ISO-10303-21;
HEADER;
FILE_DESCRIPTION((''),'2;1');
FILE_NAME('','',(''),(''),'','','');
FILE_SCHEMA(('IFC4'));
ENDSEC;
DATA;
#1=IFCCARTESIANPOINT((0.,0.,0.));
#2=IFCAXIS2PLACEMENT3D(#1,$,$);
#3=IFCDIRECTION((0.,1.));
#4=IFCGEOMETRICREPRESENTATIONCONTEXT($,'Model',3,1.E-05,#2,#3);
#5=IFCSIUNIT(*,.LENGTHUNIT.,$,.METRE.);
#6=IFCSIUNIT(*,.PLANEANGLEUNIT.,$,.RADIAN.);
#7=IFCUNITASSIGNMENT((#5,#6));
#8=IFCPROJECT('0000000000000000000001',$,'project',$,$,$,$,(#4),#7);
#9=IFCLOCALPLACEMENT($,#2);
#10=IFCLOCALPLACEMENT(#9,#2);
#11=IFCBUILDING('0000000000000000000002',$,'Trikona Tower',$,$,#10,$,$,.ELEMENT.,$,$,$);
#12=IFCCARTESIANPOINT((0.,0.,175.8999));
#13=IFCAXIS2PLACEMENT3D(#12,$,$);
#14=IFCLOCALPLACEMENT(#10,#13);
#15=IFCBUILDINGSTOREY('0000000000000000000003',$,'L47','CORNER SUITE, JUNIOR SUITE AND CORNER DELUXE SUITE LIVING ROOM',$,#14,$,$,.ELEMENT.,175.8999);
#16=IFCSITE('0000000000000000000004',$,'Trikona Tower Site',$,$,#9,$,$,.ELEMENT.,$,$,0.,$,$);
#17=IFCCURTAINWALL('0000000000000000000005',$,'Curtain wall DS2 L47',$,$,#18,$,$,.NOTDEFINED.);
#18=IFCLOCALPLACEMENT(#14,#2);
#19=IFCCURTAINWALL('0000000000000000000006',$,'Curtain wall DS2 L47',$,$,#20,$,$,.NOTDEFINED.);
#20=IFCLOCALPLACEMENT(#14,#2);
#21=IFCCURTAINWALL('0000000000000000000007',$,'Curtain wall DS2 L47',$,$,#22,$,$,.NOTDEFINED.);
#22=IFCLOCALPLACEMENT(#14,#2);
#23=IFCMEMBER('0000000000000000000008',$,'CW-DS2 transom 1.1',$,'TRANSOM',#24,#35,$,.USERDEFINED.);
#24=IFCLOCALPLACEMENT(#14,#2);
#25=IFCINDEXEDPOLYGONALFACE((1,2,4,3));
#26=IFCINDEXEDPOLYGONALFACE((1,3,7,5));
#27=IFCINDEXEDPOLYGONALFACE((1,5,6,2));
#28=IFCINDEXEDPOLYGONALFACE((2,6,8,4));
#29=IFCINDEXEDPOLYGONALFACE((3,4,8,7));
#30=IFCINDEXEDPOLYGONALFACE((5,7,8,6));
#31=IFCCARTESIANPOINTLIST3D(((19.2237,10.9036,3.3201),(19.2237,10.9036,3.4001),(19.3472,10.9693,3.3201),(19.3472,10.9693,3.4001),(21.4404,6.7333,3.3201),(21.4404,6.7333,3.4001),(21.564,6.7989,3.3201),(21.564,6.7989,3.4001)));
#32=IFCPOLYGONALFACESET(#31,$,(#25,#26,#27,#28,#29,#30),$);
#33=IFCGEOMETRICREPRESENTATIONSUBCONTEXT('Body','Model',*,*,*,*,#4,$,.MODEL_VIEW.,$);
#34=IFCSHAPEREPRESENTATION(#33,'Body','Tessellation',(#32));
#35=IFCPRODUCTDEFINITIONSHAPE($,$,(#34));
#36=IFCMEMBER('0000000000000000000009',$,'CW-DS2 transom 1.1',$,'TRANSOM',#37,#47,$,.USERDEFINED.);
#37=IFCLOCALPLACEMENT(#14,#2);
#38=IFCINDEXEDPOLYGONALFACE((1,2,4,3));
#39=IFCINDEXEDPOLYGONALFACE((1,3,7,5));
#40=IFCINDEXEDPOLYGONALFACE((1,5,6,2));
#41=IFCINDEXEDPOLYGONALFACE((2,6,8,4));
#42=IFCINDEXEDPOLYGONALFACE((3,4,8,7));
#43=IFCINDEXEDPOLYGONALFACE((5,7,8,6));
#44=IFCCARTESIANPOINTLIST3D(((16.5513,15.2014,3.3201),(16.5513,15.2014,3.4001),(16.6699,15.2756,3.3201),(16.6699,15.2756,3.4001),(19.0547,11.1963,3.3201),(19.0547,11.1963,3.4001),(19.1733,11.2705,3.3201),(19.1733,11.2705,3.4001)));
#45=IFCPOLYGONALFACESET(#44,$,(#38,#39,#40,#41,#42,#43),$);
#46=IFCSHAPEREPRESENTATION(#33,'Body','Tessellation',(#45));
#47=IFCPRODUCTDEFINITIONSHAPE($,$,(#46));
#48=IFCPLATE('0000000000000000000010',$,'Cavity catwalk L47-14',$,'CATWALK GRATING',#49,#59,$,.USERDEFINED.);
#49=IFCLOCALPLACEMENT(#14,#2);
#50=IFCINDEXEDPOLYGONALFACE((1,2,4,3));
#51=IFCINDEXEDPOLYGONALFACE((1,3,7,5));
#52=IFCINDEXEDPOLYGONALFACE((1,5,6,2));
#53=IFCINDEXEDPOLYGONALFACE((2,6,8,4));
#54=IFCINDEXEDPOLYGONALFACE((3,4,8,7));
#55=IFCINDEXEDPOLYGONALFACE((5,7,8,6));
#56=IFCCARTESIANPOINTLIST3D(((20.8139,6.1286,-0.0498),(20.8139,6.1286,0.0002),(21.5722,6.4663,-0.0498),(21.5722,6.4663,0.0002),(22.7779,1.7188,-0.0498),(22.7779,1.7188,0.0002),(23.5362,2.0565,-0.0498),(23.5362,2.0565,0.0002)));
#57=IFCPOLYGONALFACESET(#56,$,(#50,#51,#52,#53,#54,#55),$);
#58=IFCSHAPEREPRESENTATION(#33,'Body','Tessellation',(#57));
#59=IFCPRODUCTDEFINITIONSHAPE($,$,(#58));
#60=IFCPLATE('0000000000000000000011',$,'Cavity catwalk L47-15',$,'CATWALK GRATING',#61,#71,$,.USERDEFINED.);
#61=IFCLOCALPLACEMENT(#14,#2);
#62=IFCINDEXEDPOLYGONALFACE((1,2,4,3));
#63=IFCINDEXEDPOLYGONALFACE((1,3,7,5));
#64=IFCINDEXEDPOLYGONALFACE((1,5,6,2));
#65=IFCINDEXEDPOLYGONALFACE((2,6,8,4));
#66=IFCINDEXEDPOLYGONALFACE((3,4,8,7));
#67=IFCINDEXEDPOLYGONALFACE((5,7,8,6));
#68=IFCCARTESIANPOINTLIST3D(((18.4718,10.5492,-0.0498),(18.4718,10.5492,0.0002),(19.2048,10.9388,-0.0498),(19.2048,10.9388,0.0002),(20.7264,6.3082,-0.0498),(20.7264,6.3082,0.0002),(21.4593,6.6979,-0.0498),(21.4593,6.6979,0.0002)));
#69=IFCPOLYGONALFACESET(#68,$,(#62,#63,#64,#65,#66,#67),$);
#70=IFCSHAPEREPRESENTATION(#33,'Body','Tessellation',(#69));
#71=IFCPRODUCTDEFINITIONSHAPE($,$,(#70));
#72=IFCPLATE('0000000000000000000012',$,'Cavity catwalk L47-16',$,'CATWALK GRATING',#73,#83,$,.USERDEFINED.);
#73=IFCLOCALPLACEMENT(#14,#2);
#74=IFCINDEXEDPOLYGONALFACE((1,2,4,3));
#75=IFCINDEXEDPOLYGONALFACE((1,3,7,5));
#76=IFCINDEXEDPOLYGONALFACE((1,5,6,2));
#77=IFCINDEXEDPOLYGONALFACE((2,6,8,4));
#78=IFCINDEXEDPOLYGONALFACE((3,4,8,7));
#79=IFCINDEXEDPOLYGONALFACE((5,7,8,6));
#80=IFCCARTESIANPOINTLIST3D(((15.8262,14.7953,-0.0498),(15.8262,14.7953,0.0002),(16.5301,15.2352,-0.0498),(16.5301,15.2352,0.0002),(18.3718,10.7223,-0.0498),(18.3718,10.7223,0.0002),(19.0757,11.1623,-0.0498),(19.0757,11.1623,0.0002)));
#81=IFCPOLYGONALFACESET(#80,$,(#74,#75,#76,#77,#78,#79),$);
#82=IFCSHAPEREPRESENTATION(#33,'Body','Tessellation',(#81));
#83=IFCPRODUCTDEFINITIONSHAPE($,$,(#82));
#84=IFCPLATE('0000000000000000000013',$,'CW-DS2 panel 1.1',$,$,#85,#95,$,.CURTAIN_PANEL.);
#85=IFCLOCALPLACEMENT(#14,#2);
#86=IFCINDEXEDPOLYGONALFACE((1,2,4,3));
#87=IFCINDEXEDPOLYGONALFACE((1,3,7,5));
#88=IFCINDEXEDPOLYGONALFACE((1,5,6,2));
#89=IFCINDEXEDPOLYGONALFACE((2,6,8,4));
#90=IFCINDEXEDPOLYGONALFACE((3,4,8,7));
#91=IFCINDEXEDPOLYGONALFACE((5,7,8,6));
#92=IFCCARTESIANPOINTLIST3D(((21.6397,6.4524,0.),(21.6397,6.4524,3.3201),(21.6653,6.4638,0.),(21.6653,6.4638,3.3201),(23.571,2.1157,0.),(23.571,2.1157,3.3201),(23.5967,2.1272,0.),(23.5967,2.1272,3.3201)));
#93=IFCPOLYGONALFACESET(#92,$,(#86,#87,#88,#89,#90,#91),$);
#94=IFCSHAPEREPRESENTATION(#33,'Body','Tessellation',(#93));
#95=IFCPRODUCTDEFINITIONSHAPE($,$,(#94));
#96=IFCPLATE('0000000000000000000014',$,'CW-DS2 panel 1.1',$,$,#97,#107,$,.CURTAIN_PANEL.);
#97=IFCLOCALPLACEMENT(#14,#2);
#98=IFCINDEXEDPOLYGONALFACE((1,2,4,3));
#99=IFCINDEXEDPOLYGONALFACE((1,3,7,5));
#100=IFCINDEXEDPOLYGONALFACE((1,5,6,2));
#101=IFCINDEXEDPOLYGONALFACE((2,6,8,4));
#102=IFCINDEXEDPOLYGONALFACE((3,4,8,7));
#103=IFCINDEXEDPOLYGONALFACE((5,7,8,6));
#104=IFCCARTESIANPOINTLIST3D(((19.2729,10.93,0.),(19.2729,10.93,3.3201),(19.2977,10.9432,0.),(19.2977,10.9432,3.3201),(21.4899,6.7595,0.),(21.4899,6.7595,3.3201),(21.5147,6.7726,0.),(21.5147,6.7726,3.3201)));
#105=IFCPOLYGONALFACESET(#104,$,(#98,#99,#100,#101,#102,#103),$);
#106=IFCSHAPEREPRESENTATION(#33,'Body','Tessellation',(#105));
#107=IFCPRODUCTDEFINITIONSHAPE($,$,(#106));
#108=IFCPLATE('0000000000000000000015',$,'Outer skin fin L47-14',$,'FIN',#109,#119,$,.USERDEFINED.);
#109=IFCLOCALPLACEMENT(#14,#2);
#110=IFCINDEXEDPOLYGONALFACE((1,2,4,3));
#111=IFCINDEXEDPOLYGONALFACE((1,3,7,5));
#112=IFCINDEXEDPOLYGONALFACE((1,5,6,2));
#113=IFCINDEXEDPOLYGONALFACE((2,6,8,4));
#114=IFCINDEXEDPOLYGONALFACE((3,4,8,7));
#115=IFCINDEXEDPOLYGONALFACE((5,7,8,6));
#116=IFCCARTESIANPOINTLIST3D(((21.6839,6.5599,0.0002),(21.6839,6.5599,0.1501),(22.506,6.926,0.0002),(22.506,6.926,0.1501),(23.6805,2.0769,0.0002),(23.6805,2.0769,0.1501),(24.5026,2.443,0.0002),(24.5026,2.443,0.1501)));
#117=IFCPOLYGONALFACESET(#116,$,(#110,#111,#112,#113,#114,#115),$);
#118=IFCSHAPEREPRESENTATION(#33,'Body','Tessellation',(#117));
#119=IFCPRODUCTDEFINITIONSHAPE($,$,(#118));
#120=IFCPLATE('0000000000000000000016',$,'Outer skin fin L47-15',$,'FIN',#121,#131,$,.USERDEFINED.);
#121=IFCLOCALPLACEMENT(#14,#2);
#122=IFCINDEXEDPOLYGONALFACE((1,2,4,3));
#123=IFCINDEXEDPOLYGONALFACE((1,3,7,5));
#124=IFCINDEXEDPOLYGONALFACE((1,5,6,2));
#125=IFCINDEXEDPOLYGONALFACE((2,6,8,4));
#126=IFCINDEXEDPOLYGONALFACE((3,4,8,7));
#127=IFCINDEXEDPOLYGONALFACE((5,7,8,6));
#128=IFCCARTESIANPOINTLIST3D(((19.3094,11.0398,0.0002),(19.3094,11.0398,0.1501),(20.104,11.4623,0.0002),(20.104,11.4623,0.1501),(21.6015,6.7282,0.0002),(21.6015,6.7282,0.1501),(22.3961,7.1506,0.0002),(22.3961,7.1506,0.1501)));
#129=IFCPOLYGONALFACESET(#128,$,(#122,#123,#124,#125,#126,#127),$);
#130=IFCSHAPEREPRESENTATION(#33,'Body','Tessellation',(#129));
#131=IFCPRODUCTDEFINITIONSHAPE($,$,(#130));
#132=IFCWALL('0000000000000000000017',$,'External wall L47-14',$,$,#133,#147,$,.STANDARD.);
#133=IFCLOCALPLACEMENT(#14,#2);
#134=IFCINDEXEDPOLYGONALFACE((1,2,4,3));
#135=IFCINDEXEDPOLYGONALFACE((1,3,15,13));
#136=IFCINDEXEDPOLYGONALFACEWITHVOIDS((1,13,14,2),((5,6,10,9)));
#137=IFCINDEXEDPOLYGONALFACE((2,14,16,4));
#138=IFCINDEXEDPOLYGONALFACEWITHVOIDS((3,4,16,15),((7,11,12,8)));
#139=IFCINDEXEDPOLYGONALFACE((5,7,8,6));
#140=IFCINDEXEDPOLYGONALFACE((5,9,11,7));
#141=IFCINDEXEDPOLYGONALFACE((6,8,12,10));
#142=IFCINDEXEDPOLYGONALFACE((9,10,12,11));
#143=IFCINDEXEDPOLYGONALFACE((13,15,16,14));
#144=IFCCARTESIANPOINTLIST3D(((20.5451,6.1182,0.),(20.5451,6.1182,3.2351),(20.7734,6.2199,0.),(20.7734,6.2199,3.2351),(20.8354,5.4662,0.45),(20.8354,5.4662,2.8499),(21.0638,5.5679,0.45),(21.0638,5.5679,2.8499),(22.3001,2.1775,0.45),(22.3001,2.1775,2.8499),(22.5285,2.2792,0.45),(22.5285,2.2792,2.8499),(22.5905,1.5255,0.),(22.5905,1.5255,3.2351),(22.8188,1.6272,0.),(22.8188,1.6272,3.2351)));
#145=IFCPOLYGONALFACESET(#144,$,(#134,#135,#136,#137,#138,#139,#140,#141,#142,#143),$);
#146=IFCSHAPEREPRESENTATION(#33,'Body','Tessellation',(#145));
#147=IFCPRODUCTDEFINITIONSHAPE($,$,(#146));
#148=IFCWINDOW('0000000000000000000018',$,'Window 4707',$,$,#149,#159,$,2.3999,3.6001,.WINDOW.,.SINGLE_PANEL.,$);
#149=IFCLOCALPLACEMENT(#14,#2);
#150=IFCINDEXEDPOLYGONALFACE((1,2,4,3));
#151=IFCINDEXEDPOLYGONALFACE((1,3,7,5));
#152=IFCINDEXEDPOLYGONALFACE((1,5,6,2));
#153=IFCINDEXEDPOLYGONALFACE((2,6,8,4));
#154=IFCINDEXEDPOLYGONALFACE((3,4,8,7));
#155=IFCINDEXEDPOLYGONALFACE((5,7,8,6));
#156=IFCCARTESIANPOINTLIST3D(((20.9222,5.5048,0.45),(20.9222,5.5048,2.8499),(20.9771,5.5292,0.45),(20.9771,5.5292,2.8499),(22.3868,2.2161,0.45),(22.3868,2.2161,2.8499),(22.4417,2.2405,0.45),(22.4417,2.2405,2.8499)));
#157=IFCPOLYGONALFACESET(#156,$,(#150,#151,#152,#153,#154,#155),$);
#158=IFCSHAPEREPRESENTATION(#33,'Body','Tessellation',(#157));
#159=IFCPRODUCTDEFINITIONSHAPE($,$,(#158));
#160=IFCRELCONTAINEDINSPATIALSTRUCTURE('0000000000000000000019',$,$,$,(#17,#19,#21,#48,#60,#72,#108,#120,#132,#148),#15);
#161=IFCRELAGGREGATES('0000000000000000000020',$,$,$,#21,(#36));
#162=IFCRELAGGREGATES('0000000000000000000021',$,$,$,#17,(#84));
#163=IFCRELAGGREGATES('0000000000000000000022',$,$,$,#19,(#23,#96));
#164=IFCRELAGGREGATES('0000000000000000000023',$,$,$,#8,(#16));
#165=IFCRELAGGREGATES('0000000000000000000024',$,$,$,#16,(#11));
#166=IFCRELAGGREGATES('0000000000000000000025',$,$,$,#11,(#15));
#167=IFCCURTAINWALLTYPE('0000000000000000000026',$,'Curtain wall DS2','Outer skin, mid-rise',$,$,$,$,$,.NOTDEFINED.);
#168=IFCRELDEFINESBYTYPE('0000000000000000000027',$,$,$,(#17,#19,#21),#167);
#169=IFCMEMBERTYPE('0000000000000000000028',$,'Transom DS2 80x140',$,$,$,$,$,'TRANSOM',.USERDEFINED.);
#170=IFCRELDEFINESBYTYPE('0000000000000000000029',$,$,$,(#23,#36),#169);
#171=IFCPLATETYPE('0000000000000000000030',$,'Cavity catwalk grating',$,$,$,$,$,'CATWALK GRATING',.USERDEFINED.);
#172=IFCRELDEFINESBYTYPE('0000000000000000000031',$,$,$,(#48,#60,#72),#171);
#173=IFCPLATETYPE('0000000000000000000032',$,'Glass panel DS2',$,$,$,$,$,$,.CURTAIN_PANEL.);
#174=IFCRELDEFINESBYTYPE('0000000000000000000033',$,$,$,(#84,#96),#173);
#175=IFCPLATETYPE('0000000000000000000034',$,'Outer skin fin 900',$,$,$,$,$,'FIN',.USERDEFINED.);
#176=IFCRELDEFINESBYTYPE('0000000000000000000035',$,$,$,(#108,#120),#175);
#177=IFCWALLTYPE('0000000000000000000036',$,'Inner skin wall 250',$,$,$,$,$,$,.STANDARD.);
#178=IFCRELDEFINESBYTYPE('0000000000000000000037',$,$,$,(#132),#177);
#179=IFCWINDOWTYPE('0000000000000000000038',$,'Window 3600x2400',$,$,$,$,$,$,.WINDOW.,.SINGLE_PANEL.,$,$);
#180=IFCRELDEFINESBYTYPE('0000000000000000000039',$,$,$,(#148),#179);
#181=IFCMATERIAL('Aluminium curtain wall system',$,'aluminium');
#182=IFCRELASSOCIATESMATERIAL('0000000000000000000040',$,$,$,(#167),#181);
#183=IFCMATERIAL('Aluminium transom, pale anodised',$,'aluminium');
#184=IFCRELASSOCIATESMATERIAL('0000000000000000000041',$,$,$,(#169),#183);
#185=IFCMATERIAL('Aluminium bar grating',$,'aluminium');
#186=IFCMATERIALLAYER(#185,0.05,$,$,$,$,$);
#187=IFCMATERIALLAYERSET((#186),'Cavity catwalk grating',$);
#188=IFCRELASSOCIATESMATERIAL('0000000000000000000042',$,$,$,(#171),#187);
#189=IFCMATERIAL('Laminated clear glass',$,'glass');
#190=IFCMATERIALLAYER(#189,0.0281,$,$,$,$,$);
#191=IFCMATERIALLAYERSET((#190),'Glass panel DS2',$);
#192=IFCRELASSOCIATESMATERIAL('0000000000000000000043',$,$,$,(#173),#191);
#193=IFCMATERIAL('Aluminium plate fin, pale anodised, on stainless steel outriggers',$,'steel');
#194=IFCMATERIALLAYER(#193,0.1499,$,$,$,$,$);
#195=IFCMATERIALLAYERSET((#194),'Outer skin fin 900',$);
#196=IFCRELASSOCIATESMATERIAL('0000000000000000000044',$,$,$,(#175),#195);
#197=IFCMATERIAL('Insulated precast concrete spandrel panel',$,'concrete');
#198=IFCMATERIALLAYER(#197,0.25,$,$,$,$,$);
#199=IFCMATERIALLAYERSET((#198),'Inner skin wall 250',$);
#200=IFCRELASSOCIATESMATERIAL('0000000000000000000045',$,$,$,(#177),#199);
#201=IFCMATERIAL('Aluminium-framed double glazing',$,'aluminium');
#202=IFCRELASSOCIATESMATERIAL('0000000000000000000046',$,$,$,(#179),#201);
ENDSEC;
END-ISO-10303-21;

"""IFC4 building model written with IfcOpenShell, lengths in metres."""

from ifc_helpers import new_model, si_unit, direction, frame, frame_2d, origin, origin_2d, place, context, subcontext, project, spatial, rectangle, extrude, material, layer, layer_set, material_profile, profile_set, type_object, element, fill, aggregate, save


model = new_model("IFC4")

# Units and contexts
model_context = context("Model", 3, precision=1e-05, world=origin(), true_north=direction((0.0, 1.0)))
body_context = subcontext(model_context, "Body", "Model", "MODEL_VIEW")
ifc_project = project(units=[si_unit("LENGTHUNIT", "METRE"), si_unit("PLANEANGLEUNIT", "RADIAN")], contexts=[model_context])

# Site, building, storey
site_placement = place(None, origin())
site = spatial("IfcSite", under=ifc_project, at=site_placement, Name="Trikona Tower Site", CompositionType="ELEMENT", RefElevation=0.0)
building_placement = place(site_placement, origin())
building = spatial("IfcBuilding", under=site, at=building_placement, Name="Trikona Tower", CompositionType="ELEMENT")
storey_placement = place(building_placement, frame((0.0, 0.0, 175.8999)))
storey = spatial("IfcBuildingStorey", under=building, at=storey_placement, Name="L47", Description="CORNER SUITE, JUNIOR SUITE AND CORNER DELUXE SUITE LIVING ROOM", CompositionType="ELEMENT", Elevation=175.8999)

# Shared definitions
ifc_material_1 = material(Name="Aluminium curtain wall system", Category="aluminium")
curtain_wall_type = type_object("IfcCurtainWallType", Name="Curtain wall DS2", Description="Outer skin, mid-rise", PredefinedType="NOTDEFINED", material=ifc_material_1)

# Curtain walls
curtain_wall_1_placement = place(storey_placement, origin())
curtain_wall_1 = element("IfcCurtainWall", 1, at=curtain_wall_1_placement, inside=storey, type_object=curtain_wall_type, Name="Curtain wall DS2 L47", PredefinedType="NOTDEFINED")
curtain_wall_2_placement = place(storey_placement, origin())
curtain_wall_2 = element("IfcCurtainWall", 2, at=curtain_wall_2_placement, inside=storey, type_object=curtain_wall_type, Name="Curtain wall DS2 L47", PredefinedType="NOTDEFINED")

# Curtain wall
curtain_wall_3_placement = place(storey_placement, origin())
curtain_wall_3 = element("IfcCurtainWall", 3, at=curtain_wall_3_placement, inside=storey, type_object=curtain_wall_type, Name="Curtain wall DS2 L47", PredefinedType="NOTDEFINED")

# Members
ifc_material_2 = material(Name="Aluminium transom, pale anodised", Category="aluminium")
ifc_material_profile_1 = material_profile(ifc_material_2, rectangle(XDim=0.1399, YDim=0.0801, at=origin_2d()), Name="TRN-DS2")
ifc_profile_set_1 = profile_set([ifc_material_profile_1], Name="Aluminium transom, pale anodised")
member_type_1 = type_object("IfcMemberType", Name="Transom DS2 80x140", ElementType="TRANSOM", PredefinedType="USERDEFINED", material=ifc_profile_set_1)
member_1_placement = place(storey_placement, frame((21.5022, 6.7661, 3.3601), z_axis=(-0.469364, 0.883005, 0.0), x_axis=(-0.883005, -0.469364, 0.0)))
member_1 = element("IfcMember", 4, at=member_1_placement, type_object=member_type_1, Name="CW-DS2 transom 1.1", ObjectType="TRANSOM", PredefinedType="USERDEFINED", context=body_context, shape_type="SweptSolid", body=[
    extrude(rectangle(XDim=0.1399, YDim=0.0801, at=origin_2d()), origin(), (0.0, 0.0, 1.0), 4.7229),
])
member_2_placement = place(storey_placement, frame((19.114, 11.2334, 3.3601), z_axis=(-0.530031, 0.847978, 0.0), x_axis=(-0.847978, -0.530031, 0.0)))
member_2 = element("IfcMember", 5, at=member_2_placement, type_object=member_type_1, Name="CW-DS2 transom 1.1", ObjectType="TRANSOM", PredefinedType="USERDEFINED", context=body_context, shape_type="SweptSolid", body=[
    extrude(rectangle(XDim=0.1399, YDim=0.0801, at=origin_2d()), origin(), (0.0, 0.0, 1.0), 4.7231),
])
aggregate(curtain_wall_3, [member_2])

# Plates
ifc_material_3 = material(Name="Aluminium bar grating", Category="aluminium")
ifc_layer_1 = layer(ifc_material_3, 0.05)
ifc_layer_set_1 = layer_set([ifc_layer_1], Name="Cavity catwalk grating")
plate_type_1 = type_object("IfcPlateType", Name="Cavity catwalk grating", ElementType="CATWALK GRATING", PredefinedType="USERDEFINED", material=ifc_layer_set_1)
plate_1_placement = place(storey_placement, frame((22.175, 4.0925, -0.0498), z_axis=(0.0, 0.0, 1.0), x_axis=(-0.406843, 0.913498, 0.0)))
element("IfcPlate", 6, at=plate_1_placement, inside=storey, type_object=plate_type_1, Name="Cavity catwalk L47-14", ObjectType="CATWALK GRATING", PredefinedType="USERDEFINED", context=body_context, shape_type="SweptSolid", body=[
    extrude(rectangle(XDim=4.8274, YDim=0.8301, at=origin_2d()), origin(), (0.0, 0.0, 1.0), 0.05),
])
for number, where, z_axis, x_axis, name in (
    (7, (19.9656, 8.6235, -0.0498), (0.0, 0.0, 1.0), (-0.469398, 0.882987, 0.0), "Cavity catwalk L47-15"),
    (8, (17.4509, 12.9788, -0.0498), (0.0, 0.0, 1.0), (-0.529995, 0.848001, 0.0), "Cavity catwalk L47-16"),
):
    element("IfcPlate", number, at=place(storey_placement, frame(where, z_axis=z_axis, x_axis=x_axis)), inside=storey, type_object=plate_type_1, Name=name, ObjectType="CATWALK GRATING", PredefinedType="USERDEFINED", context=body_context, shape_type="SweptSolid", body=[
        extrude(rectangle(XDim=4.803, YDim=0.8301, at=origin_2d()), origin(), (0.0, 0.0, 1.0), 0.05),
    ])

# Plates
ifc_material_4 = material(Name="Laminated clear glass", Category="glass")
ifc_layer_2 = layer(ifc_material_4, 0.0281)
ifc_layer_set_2 = layer_set([ifc_layer_2], Name="Glass panel DS2")
plate_type_2 = type_object("IfcPlateType", Name="Glass panel DS2", PredefinedType="CURTAIN_PANEL", material=ifc_layer_set_2)
plate_2_placement = place(storey_placement, frame((22.6182, 4.2898, 0.0), z_axis=(0.0, 0.0, 1.0), x_axis=(-0.406836, 0.913501, 0.0)))
plate_2 = element("IfcPlate", 9, at=plate_2_placement, type_object=plate_type_2, Name="CW-DS2 panel 1.1", PredefinedType="CURTAIN_PANEL", context=body_context, shape_type="SweptSolid", body=[
    extrude(rectangle(XDim=4.7473, YDim=0.0281, at=origin_2d()), origin(), (0.0, 0.0, 1.0), 3.3201),
])
aggregate(curtain_wall_1, [plate_2])
plate_3_placement = place(storey_placement, frame((20.3938, 8.8513, 0.0), z_axis=(0.0, 0.0, 1.0), x_axis=(-0.46938, 0.882996, 0.0)))
plate_3 = element("IfcPlate", 10, at=plate_3_placement, type_object=plate_type_2, Name="CW-DS2 panel 1.1", PredefinedType="CURTAIN_PANEL", context=body_context, shape_type="SweptSolid", body=[
    extrude(rectangle(XDim=4.7231, YDim=0.0281, at=origin_2d()), origin(), (0.0, 0.0, 1.0), 3.3201),
])
aggregate(curtain_wall_2, [member_1, plate_3])

# Plates
ifc_material_5 = material(Name="Aluminium plate fin, pale anodised, on stainless steel outriggers", Category="steel")
ifc_layer_3 = layer(ifc_material_5, 0.1499)
ifc_layer_set_3 = layer_set([ifc_layer_3], Name="Outer skin fin 900")
plate_type_3 = type_object("IfcPlateType", Name="Outer skin fin 900", ElementType="FIN", PredefinedType="USERDEFINED", material=ifc_layer_set_3)
plate_4_placement = place(storey_placement, frame((23.0933, 4.5015, 0.0002), z_axis=(0.0, 0.0, 1.0), x_axis=(-0.406843, 0.913498, 0.0)))
element("IfcPlate", 11, at=plate_4_placement, inside=storey, type_object=plate_type_3, Name="Outer skin fin L47-14", ObjectType="FIN", PredefinedType="USERDEFINED", context=body_context, shape_type="SweptSolid", body=[
    extrude(rectangle(XDim=4.9075, YDim=0.8999, at=origin_2d()), origin(), (0.0, 0.0, 1.0), 0.1499),
])
plate_5_placement = place(storey_placement, frame((20.8528, 9.0952, 0.0002), z_axis=(0.0, 0.0, 1.0), x_axis=(-0.469398, 0.882987, 0.0)))
element("IfcPlate", 12, at=plate_5_placement, inside=storey, type_object=plate_type_3, Name="Outer skin fin L47-15", ObjectType="FIN", PredefinedType="USERDEFINED", context=body_context, shape_type="SweptSolid", body=[
    extrude(rectangle(XDim=4.8831, YDim=0.8999, at=origin_2d()), origin(), (0.0, 0.0, 1.0), 0.1499),
])

# Wall, opening, window
ifc_material_6 = material(Name="Insulated precast concrete spandrel panel", Category="concrete")
ifc_layer_4 = layer(ifc_material_6, 0.25)
ifc_layer_set_4 = layer_set([ifc_layer_4], Name="Inner skin wall 250")
wall_type = type_object("IfcWallType", Name="Inner skin wall 250", PredefinedType="STANDARD", material=ifc_layer_set_4)
wall_1_placement = place(storey_placement, frame((22.7046, 1.5764, 0.0), z_axis=(0.0, 0.0, 1.0), x_axis=(-0.406832, 0.913503, 0.0)))
wall_1 = element("IfcWall", 13, at=wall_1_placement, inside=storey, type_object=wall_type, Name="External wall L47-14", PredefinedType="STANDARD", context=body_context, shape_type="SweptSolid", body=[
    extrude(rectangle(XDim=5.0276, YDim=0.25, at=frame_2d((2.5137, 0.0))), origin(), (0.0, 0.0, 1.0), 3.2351),
])
opening_1_placement = place(wall_1_placement, frame((0.7136, 0.0, 0.45)))
opening_1 = element("IfcOpeningElement", 14, at=opening_1_placement, cuts=wall_1, PredefinedType="OPENING", context=body_context, shape_type="SweptSolid", body=[
    extrude(rectangle(XDim=3.6001, YDim=2.3999, at=frame_2d((1.8, 1.2))), frame((0.0, 0.135, 0.0), z_axis=(0.0, -1.0, 0.0), x_axis=(1.0, 0.0, 0.0)), (0.0, 0.0, 1.0), 0.27),
])
ifc_material_7 = material(Name="Aluminium-framed double glazing", Category="aluminium")
window_type = type_object("IfcWindowType", Name="Window 3600x2400", PartitioningType="SINGLE_PANEL", PredefinedType="WINDOW", material=ifc_material_7)
window_1_placement = place(opening_1_placement, origin())
window_1 = element("IfcWindow", 15, at=window_1_placement, inside=storey, type_object=window_type, Name="Window 4707", OverallHeight=2.3999, OverallWidth=3.6001, PartitioningType="SINGLE_PANEL", PredefinedType="WINDOW", context=body_context, shape_type="SweptSolid", body=[
    extrude(rectangle(XDim=3.6001, YDim=2.3999, at=frame_2d((1.8, 1.2))), frame((0.0, 0.03, 0.0), z_axis=(0.0, -1.0, 0.0), x_axis=(1.0, 0.0, 0.0)), (0.0, 0.0, 1.0), 0.0601),
])
fill(opening_1, window_1)

save(model, "model.ifc")
